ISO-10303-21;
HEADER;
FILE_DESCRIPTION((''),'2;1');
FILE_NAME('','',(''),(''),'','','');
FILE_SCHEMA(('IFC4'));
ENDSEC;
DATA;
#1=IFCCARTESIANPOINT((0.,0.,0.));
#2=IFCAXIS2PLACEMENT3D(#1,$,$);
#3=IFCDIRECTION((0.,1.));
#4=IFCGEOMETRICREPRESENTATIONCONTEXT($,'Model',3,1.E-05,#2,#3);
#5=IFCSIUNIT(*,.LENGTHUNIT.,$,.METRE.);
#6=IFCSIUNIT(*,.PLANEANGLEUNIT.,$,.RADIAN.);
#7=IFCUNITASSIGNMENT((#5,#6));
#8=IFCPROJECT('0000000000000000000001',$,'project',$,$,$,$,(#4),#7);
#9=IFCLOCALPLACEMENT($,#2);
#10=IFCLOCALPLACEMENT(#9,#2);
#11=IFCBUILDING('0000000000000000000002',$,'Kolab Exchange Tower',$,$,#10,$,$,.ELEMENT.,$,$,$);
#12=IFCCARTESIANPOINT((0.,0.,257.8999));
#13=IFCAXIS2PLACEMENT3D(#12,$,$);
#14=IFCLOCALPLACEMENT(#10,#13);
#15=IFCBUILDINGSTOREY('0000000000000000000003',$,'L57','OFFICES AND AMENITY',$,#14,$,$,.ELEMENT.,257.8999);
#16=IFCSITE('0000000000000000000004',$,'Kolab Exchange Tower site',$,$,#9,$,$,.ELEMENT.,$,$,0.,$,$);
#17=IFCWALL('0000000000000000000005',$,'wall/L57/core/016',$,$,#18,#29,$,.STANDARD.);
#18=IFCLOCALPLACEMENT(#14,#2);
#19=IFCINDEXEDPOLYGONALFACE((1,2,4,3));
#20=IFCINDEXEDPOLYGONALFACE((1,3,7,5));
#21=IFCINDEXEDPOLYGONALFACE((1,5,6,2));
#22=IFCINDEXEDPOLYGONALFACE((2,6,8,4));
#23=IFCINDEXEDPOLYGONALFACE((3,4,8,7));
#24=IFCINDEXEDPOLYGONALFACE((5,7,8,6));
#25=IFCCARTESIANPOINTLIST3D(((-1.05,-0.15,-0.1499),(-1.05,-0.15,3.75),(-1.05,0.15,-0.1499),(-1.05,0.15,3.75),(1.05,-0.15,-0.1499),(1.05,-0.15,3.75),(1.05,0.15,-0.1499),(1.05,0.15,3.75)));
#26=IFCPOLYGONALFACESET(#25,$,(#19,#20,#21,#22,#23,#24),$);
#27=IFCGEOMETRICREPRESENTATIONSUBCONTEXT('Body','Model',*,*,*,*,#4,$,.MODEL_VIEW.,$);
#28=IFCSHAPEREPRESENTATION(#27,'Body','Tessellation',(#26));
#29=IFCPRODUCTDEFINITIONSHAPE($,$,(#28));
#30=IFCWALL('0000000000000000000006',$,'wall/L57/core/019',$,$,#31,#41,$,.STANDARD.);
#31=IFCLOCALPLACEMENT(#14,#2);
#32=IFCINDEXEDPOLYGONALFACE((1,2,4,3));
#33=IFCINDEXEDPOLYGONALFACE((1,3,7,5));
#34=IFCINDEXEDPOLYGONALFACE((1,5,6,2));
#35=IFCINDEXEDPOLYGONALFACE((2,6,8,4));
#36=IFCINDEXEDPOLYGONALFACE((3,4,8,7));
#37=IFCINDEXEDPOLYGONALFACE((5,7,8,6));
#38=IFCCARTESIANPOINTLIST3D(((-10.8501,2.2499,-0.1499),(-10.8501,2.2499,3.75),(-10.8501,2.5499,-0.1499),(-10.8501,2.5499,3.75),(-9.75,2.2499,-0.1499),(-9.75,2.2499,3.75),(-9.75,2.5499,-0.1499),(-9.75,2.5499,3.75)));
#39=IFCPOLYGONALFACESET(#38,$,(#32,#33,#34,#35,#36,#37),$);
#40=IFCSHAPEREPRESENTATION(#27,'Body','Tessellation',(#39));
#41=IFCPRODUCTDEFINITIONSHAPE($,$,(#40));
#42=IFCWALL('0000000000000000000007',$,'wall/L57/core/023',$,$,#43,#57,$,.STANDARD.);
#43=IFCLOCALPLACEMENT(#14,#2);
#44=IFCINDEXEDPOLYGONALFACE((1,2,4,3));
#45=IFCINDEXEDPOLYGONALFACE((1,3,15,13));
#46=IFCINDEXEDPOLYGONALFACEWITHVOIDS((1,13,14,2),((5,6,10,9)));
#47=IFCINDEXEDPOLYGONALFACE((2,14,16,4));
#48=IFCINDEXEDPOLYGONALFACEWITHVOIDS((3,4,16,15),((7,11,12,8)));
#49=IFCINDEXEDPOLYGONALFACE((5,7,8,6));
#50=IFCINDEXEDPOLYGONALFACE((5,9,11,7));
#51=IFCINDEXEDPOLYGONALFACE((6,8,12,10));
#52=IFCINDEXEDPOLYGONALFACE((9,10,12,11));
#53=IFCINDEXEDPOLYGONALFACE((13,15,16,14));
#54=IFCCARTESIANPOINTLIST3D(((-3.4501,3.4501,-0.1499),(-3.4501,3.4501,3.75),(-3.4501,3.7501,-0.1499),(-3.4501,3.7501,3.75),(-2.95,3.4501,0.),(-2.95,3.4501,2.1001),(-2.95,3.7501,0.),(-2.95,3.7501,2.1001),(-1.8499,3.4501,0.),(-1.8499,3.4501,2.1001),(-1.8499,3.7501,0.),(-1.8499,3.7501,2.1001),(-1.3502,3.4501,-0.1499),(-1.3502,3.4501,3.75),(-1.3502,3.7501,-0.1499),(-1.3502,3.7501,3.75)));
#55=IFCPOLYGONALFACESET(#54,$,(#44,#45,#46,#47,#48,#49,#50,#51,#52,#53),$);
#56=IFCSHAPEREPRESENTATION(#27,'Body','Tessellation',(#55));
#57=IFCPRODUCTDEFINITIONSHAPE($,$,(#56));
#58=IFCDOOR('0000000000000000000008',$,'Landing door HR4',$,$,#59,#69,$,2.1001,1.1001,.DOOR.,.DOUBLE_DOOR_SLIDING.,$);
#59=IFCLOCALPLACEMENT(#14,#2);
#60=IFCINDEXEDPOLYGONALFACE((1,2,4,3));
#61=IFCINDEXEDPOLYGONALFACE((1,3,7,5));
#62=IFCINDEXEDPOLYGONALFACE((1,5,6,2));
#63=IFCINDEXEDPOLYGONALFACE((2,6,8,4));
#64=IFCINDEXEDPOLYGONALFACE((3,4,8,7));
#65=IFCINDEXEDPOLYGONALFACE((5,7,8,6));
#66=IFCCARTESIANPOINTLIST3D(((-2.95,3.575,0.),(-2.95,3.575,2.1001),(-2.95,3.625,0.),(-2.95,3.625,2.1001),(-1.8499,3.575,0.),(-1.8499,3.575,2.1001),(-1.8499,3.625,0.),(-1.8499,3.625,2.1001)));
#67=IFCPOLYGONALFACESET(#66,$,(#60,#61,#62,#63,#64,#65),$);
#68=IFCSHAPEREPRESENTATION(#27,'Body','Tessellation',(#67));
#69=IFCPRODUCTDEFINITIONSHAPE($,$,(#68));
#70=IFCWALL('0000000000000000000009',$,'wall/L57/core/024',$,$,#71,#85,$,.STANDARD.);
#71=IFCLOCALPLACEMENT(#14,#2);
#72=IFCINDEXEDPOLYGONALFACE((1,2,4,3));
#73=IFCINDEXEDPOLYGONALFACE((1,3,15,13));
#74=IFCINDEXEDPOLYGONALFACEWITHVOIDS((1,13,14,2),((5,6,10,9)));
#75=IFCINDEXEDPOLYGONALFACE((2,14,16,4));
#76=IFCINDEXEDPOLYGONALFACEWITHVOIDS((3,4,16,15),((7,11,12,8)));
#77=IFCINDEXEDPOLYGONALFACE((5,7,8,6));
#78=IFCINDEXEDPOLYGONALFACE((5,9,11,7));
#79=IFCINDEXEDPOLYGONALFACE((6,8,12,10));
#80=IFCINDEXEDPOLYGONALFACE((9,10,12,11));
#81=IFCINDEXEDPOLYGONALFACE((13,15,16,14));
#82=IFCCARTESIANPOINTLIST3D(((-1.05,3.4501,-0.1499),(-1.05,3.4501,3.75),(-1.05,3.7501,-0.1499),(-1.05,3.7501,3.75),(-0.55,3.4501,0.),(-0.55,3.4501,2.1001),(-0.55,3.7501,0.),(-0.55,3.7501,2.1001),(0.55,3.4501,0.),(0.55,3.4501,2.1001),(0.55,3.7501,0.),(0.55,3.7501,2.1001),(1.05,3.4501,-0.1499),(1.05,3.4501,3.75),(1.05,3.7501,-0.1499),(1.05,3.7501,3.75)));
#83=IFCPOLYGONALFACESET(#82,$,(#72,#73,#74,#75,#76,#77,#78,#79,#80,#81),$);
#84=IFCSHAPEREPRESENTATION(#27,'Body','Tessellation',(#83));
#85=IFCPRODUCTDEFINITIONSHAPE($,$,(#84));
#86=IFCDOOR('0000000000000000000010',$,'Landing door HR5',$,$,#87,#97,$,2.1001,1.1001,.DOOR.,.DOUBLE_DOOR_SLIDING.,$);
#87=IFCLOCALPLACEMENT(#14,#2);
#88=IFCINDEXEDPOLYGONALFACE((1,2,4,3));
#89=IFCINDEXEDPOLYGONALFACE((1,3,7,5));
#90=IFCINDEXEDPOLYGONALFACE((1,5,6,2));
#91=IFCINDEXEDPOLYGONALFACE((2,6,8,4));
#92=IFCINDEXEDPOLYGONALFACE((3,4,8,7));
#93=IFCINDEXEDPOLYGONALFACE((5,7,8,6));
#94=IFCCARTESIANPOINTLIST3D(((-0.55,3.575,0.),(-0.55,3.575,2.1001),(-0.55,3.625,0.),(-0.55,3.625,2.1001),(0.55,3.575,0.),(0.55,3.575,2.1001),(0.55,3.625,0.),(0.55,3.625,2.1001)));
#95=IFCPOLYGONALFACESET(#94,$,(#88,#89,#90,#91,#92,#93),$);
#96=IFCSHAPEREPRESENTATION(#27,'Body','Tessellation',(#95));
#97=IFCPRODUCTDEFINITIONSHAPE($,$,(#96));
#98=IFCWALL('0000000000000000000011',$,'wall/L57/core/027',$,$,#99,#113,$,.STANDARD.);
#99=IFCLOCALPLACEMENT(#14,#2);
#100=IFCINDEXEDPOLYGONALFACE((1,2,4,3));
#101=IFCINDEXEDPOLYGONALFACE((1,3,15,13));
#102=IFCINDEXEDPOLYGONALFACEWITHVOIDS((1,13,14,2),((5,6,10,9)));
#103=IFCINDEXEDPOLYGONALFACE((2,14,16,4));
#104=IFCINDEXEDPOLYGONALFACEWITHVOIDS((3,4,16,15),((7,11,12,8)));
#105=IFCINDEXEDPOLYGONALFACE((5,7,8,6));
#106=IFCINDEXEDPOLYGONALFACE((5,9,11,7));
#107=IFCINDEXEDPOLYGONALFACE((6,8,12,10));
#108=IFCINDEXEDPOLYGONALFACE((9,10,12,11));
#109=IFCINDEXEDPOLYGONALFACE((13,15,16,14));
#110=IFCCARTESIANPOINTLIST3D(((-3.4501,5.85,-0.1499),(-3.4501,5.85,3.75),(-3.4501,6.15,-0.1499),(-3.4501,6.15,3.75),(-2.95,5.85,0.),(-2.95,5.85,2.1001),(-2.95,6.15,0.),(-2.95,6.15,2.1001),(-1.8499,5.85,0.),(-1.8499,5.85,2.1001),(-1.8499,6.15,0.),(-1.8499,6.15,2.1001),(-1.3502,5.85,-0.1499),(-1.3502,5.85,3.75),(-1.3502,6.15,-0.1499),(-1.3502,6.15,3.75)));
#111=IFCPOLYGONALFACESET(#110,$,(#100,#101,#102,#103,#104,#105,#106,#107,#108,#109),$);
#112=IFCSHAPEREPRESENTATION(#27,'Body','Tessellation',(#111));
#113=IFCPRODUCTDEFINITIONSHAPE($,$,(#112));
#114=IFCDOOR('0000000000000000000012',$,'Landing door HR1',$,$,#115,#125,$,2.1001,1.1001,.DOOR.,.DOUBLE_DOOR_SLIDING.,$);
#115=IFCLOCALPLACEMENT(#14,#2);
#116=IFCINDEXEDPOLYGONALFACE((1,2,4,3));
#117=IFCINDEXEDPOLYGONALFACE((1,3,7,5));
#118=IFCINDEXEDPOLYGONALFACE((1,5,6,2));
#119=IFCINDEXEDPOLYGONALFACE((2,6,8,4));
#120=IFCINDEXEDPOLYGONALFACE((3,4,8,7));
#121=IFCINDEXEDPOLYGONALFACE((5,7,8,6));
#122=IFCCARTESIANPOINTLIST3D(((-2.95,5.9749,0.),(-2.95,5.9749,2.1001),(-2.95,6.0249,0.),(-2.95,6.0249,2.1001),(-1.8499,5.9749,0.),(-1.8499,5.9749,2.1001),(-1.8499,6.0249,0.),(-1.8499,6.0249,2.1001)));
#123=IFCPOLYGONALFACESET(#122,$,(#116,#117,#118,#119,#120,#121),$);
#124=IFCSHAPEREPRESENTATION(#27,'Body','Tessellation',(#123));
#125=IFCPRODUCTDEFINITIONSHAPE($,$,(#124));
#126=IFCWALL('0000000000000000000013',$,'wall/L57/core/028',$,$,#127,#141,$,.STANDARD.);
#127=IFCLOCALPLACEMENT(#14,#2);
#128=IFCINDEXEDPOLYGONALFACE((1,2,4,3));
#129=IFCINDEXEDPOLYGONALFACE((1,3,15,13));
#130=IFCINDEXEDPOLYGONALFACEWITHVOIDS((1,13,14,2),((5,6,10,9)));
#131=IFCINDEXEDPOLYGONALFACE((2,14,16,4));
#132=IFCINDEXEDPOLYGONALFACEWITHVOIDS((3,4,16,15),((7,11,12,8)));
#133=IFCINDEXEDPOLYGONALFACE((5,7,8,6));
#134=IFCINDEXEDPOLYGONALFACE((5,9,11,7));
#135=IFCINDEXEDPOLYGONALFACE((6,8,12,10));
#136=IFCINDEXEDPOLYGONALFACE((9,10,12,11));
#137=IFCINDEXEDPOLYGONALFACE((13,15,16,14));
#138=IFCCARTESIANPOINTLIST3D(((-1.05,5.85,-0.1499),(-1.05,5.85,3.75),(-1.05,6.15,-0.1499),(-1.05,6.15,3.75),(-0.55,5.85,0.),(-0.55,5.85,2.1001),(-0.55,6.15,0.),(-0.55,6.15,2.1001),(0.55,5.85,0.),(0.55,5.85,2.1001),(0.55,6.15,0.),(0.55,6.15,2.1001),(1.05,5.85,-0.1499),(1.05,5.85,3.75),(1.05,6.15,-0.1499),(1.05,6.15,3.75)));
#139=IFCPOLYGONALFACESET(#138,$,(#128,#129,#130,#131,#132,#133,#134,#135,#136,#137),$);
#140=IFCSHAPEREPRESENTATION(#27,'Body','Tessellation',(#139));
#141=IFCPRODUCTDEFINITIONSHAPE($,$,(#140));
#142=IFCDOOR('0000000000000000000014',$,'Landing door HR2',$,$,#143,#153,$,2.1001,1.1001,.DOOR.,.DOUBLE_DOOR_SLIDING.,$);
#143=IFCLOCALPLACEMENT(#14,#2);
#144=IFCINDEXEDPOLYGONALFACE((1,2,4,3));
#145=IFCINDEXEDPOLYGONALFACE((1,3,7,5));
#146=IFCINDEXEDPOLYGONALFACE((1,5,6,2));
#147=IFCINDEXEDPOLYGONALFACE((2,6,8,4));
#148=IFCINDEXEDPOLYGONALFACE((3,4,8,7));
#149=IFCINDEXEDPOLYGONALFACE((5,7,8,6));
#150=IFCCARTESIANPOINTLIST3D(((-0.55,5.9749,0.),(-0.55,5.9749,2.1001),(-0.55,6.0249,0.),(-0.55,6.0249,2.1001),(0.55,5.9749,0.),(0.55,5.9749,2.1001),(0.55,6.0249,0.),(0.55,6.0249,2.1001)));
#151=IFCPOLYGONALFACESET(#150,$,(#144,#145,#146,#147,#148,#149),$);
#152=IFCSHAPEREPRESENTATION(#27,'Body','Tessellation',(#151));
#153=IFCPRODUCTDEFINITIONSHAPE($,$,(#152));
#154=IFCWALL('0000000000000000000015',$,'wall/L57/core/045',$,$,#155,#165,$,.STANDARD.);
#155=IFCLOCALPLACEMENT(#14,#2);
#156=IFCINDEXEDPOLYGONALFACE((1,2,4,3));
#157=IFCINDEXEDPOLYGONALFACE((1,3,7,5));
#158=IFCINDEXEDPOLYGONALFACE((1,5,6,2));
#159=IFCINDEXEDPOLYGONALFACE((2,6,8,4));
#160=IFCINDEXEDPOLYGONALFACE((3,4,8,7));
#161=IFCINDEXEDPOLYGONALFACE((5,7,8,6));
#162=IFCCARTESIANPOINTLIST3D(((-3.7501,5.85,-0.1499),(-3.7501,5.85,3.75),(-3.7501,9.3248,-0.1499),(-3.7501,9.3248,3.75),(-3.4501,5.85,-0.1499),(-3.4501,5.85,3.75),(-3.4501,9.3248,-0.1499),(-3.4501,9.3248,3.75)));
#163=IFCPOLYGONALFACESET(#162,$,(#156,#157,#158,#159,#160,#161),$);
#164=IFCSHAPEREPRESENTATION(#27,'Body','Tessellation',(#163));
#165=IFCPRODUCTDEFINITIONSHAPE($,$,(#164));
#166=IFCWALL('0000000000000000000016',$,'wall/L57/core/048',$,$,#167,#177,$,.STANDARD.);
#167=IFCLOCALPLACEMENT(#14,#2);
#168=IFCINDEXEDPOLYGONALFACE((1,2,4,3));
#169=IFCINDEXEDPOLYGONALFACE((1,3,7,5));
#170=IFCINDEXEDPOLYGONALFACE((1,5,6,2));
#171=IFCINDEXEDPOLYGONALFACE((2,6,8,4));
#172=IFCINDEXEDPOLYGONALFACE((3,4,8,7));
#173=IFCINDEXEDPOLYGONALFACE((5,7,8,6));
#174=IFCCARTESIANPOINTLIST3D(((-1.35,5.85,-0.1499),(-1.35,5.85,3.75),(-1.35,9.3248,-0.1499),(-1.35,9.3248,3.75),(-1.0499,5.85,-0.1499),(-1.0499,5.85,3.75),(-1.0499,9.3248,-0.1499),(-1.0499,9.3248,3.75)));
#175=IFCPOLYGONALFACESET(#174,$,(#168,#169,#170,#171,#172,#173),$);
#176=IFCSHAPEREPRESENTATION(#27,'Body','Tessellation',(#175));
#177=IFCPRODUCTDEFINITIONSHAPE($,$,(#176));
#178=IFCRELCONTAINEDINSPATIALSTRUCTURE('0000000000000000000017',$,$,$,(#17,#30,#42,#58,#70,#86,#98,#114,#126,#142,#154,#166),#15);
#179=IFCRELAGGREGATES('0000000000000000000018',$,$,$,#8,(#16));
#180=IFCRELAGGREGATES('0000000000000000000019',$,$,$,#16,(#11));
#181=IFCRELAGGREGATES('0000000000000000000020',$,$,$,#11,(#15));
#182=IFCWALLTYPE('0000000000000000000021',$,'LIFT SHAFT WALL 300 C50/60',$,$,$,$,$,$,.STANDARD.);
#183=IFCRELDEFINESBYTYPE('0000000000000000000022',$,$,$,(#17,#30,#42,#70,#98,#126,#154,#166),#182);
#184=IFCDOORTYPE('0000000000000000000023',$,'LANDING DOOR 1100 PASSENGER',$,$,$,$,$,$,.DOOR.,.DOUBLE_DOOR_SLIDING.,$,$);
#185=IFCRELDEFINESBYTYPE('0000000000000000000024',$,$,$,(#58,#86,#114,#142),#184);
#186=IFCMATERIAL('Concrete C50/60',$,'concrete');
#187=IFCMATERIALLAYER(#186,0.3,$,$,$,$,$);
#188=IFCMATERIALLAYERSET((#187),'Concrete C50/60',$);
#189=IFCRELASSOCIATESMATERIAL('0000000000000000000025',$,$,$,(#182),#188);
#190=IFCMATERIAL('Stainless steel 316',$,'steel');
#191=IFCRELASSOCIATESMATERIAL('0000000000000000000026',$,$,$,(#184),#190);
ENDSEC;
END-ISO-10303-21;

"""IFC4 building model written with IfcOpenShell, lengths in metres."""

from ifc_helpers import new_model, si_unit, direction, frame, frame_2d, origin, place, context, subcontext, project, spatial, rectangle, extrude, material, layer, layer_set, type_object, element, fill, save


model = new_model("IFC4")

# Units and contexts
model_context = context("Model", 3, precision=1e-05, world=origin(), true_north=direction((0.0, 1.0)))
body_context = subcontext(model_context, "Body", "Model", "MODEL_VIEW")
ifc_project = project(units=[si_unit("LENGTHUNIT", "METRE"), si_unit("PLANEANGLEUNIT", "RADIAN")], contexts=[model_context])

# Site, building, storey
site_placement = place(None, origin())
site = spatial("IfcSite", under=ifc_project, at=site_placement, Name="Kolab Exchange Tower site", CompositionType="ELEMENT", RefElevation=0.0)
building_placement = place(site_placement, origin())
building = spatial("IfcBuilding", under=site, at=building_placement, Name="Kolab Exchange Tower", CompositionType="ELEMENT")
storey_placement = place(building_placement, frame((0.0, 0.0, 257.8999)))
storey = spatial("IfcBuildingStorey", under=building, at=storey_placement, Name="L57", Description="OFFICES AND AMENITY", CompositionType="ELEMENT", Elevation=257.8999)

# Shared definitions
ifc_material_1 = material(Name="Concrete C50/60", Category="concrete")

# Walls
ifc_layer_1 = layer(ifc_material_1, 0.3)
ifc_layer_set_1 = layer_set([ifc_layer_1], Name="Concrete C50/60")
wall_type_1 = type_object("IfcWallType", Name="LIFT SHAFT WALL 300 C50/60", PredefinedType="STANDARD", material=ifc_layer_set_1)
wall_1_placement = place(storey_placement, frame((-1.05, 0.0, -0.1499), z_axis=(0.0, 0.0, 1.0), x_axis=(1.0, 0.0, 0.0)))
element("IfcWall", 1, at=wall_1_placement, inside=storey, type_object=wall_type_1, Name="wall/L57/core/016", PredefinedType="STANDARD", context=body_context, shape_type="SweptSolid", body=[
    extrude(rectangle(XDim=2.1001, YDim=0.3, at=frame_2d((1.05, 0.0))), origin(), (0.0, 0.0, 1.0), 3.8999),
])
wall_2_placement = place(storey_placement, frame((-10.8501, 2.3999, -0.1499), z_axis=(0.0, 0.0, 1.0), x_axis=(1.0, 0.0, 0.0)))
element("IfcWall", 2, at=wall_2_placement, inside=storey, type_object=wall_type_1, Name="wall/L57/core/019", PredefinedType="STANDARD", context=body_context, shape_type="SweptSolid", body=[
    extrude(rectangle(XDim=1.1001, YDim=0.3, at=frame_2d((0.55, 0.0))), origin(), (0.0, 0.0, 1.0), 3.8999),
])

# Walls, openings, doors
wall_3_placement = place(storey_placement, frame((-3.45, 3.6001, -0.1499), z_axis=(0.0, 0.0, 1.0), x_axis=(1.0, 0.0, 0.0)))
wall_3 = element("IfcWall", 3, at=wall_3_placement, inside=storey, type_object=wall_type_1, Name="wall/L57/core/023", PredefinedType="STANDARD", context=body_context, shape_type="SweptSolid", body=[
    extrude(rectangle(XDim=2.0999, YDim=0.3, at=frame_2d((1.0498, 0.0))), origin(), (0.0, 0.0, 1.0), 3.8999),
])
opening_1_placement = place(wall_3_placement, frame((0.5, 0.0, 0.1499)))
opening_1 = element("IfcOpeningElement", 4, at=opening_1_placement, cuts=wall_3, PredefinedType="OPENING", context=body_context, shape_type="SweptSolid", body=[
    extrude(rectangle(XDim=1.1001, YDim=2.1001, at=frame_2d((0.55, 1.05))), frame((0.0, 0.1602, 0.0), z_axis=(0.0, -1.0, 0.0), x_axis=(1.0, 0.0, 0.0)), (0.0, 0.0, 1.0), 0.3201),
])
ifc_material_2 = material(Name="Stainless steel 316", Category="steel")
door_type_1 = type_object("IfcDoorType", Name="LANDING DOOR 1100 PASSENGER", OperationType="DOUBLE_DOOR_SLIDING", PredefinedType="DOOR", material=ifc_material_2)
door_1_placement = place(opening_1_placement, origin())
door_1 = element("IfcDoor", 5, at=door_1_placement, inside=storey, type_object=door_type_1, Name="Landing door HR4", OperationType="DOUBLE_DOOR_SLIDING", OverallHeight=2.1001, OverallWidth=1.1001, PredefinedType="DOOR", context=body_context, shape_type="SweptSolid", body=[
    extrude(rectangle(XDim=1.1001, YDim=2.1001, at=frame_2d((0.55, 1.05))), frame((0.0, 0.0249, 0.0), z_axis=(0.0, -1.0, 0.0), x_axis=(1.0, 0.0, 0.0)), (0.0, 0.0, 1.0), 0.05),
])
fill(opening_1, door_1)
wall_4_placement = place(storey_placement, frame((-1.05, 3.6001, -0.1499), z_axis=(0.0, 0.0, 1.0), x_axis=(1.0, 0.0, 0.0)))
wall_4 = element("IfcWall", 6, at=wall_4_placement, inside=storey, type_object=wall_type_1, Name="wall/L57/core/024", PredefinedType="STANDARD", context=body_context, shape_type="SweptSolid", body=[
    extrude(rectangle(XDim=2.1001, YDim=0.3, at=frame_2d((1.05, 0.0))), origin(), (0.0, 0.0, 1.0), 3.8999),
])
opening_2_placement = place(wall_4_placement, frame((0.5, 0.0, 0.1499)))
opening_2 = element("IfcOpeningElement", 7, at=opening_2_placement, cuts=wall_4, PredefinedType="OPENING", context=body_context, shape_type="SweptSolid", body=[
    extrude(rectangle(XDim=1.1001, YDim=2.1001, at=frame_2d((0.55, 1.05))), frame((0.0, 0.1602, 0.0), z_axis=(0.0, -1.0, 0.0), x_axis=(1.0, 0.0, 0.0)), (0.0, 0.0, 1.0), 0.3201),
])
door_2_placement = place(opening_2_placement, origin())
door_2 = element("IfcDoor", 8, at=door_2_placement, inside=storey, type_object=door_type_1, Name="Landing door HR5", OperationType="DOUBLE_DOOR_SLIDING", OverallHeight=2.1001, OverallWidth=1.1001, PredefinedType="DOOR", context=body_context, shape_type="SweptSolid", body=[
    extrude(rectangle(XDim=1.1001, YDim=2.1001, at=frame_2d((0.55, 1.05))), frame((0.0, 0.0249, 0.0), z_axis=(0.0, -1.0, 0.0), x_axis=(1.0, 0.0, 0.0)), (0.0, 0.0, 1.0), 0.05),
])
fill(opening_2, door_2)
wall_5_placement = place(storey_placement, frame((-3.45, 6.0, -0.1499), z_axis=(0.0, 0.0, 1.0), x_axis=(1.0, 0.0, 0.0)))
wall_5 = element("IfcWall", 9, at=wall_5_placement, inside=storey, type_object=wall_type_1, Name="wall/L57/core/027", PredefinedType="STANDARD", context=body_context, shape_type="SweptSolid", body=[
    extrude(rectangle(XDim=2.0999, YDim=0.3, at=frame_2d((1.0498, 0.0))), origin(), (0.0, 0.0, 1.0), 3.8999),
])
opening_3_placement = place(wall_5_placement, frame((0.5, 0.0, 0.1499)))
opening_3 = element("IfcOpeningElement", 10, at=opening_3_placement, cuts=wall_5, PredefinedType="OPENING", context=body_context, shape_type="SweptSolid", body=[
    extrude(rectangle(XDim=1.1001, YDim=2.1001, at=frame_2d((0.55, 1.05))), frame((0.0, 0.1602, 0.0), z_axis=(0.0, -1.0, 0.0), x_axis=(1.0, 0.0, 0.0)), (0.0, 0.0, 1.0), 0.3201),
])
door_3_placement = place(opening_3_placement, origin())
door_3 = element("IfcDoor", 11, at=door_3_placement, inside=storey, type_object=door_type_1, Name="Landing door HR1", OperationType="DOUBLE_DOOR_SLIDING", OverallHeight=2.1001, OverallWidth=1.1001, PredefinedType="DOOR", context=body_context, shape_type="SweptSolid", body=[
    extrude(rectangle(XDim=1.1001, YDim=2.1001, at=frame_2d((0.55, 1.05))), frame((0.0, 0.0249, 0.0), z_axis=(0.0, -1.0, 0.0), x_axis=(1.0, 0.0, 0.0)), (0.0, 0.0, 1.0), 0.05),
])
fill(opening_3, door_3)
wall_6_placement = place(storey_placement, frame((-1.05, 6.0, -0.1499), z_axis=(0.0, 0.0, 1.0), x_axis=(1.0, 0.0, 0.0)))
wall_6 = element("IfcWall", 12, at=wall_6_placement, inside=storey, type_object=wall_type_1, Name="wall/L57/core/028", PredefinedType="STANDARD", context=body_context, shape_type="SweptSolid", body=[
    extrude(rectangle(XDim=2.1001, YDim=0.3, at=frame_2d((1.05, 0.0))), origin(), (0.0, 0.0, 1.0), 3.8999),
])
opening_4_placement = place(wall_6_placement, frame((0.5, 0.0, 0.1499)))
opening_4 = element("IfcOpeningElement", 13, at=opening_4_placement, cuts=wall_6, PredefinedType="OPENING", context=body_context, shape_type="SweptSolid", body=[
    extrude(rectangle(XDim=1.1001, YDim=2.1001, at=frame_2d((0.55, 1.05))), frame((0.0, 0.1602, 0.0), z_axis=(0.0, -1.0, 0.0), x_axis=(1.0, 0.0, 0.0)), (0.0, 0.0, 1.0), 0.3201),
])
door_4_placement = place(opening_4_placement, origin())
door_4 = element("IfcDoor", 14, at=door_4_placement, inside=storey, type_object=door_type_1, Name="Landing door HR2", OperationType="DOUBLE_DOOR_SLIDING", OverallHeight=2.1001, OverallWidth=1.1001, PredefinedType="DOOR", context=body_context, shape_type="SweptSolid", body=[
    extrude(rectangle(XDim=1.1001, YDim=2.1001, at=frame_2d((0.55, 1.05))), frame((0.0, 0.0249, 0.0), z_axis=(0.0, -1.0, 0.0), x_axis=(1.0, 0.0, 0.0)), (0.0, 0.0, 1.0), 0.05),
])
fill(opening_4, door_4)

# Walls
for number, where, z_axis, x_axis, name in (
    (15, (-3.6001, 5.8501, -0.1499), (0.0, 0.0, 1.0), (0.0, 1.0, 0.0), "wall/L57/core/045"),
    (16, (-1.2, 5.8501, -0.1499), (0.0, 0.0, 1.0), (0.0, 1.0, 0.0), "wall/L57/core/048"),
):
    element("IfcWall", number, at=place(storey_placement, frame(where, z_axis=z_axis, x_axis=x_axis)), inside=storey, type_object=wall_type_1, Name=name, PredefinedType="STANDARD", context=body_context, shape_type="SweptSolid", body=[
        extrude(rectangle(XDim=3.4749, YDim=0.3, at=frame_2d((1.7373, 0.0))), origin(), (0.0, 0.0, 1.0), 3.8999),
    ])

save(model, "model.ifc")
